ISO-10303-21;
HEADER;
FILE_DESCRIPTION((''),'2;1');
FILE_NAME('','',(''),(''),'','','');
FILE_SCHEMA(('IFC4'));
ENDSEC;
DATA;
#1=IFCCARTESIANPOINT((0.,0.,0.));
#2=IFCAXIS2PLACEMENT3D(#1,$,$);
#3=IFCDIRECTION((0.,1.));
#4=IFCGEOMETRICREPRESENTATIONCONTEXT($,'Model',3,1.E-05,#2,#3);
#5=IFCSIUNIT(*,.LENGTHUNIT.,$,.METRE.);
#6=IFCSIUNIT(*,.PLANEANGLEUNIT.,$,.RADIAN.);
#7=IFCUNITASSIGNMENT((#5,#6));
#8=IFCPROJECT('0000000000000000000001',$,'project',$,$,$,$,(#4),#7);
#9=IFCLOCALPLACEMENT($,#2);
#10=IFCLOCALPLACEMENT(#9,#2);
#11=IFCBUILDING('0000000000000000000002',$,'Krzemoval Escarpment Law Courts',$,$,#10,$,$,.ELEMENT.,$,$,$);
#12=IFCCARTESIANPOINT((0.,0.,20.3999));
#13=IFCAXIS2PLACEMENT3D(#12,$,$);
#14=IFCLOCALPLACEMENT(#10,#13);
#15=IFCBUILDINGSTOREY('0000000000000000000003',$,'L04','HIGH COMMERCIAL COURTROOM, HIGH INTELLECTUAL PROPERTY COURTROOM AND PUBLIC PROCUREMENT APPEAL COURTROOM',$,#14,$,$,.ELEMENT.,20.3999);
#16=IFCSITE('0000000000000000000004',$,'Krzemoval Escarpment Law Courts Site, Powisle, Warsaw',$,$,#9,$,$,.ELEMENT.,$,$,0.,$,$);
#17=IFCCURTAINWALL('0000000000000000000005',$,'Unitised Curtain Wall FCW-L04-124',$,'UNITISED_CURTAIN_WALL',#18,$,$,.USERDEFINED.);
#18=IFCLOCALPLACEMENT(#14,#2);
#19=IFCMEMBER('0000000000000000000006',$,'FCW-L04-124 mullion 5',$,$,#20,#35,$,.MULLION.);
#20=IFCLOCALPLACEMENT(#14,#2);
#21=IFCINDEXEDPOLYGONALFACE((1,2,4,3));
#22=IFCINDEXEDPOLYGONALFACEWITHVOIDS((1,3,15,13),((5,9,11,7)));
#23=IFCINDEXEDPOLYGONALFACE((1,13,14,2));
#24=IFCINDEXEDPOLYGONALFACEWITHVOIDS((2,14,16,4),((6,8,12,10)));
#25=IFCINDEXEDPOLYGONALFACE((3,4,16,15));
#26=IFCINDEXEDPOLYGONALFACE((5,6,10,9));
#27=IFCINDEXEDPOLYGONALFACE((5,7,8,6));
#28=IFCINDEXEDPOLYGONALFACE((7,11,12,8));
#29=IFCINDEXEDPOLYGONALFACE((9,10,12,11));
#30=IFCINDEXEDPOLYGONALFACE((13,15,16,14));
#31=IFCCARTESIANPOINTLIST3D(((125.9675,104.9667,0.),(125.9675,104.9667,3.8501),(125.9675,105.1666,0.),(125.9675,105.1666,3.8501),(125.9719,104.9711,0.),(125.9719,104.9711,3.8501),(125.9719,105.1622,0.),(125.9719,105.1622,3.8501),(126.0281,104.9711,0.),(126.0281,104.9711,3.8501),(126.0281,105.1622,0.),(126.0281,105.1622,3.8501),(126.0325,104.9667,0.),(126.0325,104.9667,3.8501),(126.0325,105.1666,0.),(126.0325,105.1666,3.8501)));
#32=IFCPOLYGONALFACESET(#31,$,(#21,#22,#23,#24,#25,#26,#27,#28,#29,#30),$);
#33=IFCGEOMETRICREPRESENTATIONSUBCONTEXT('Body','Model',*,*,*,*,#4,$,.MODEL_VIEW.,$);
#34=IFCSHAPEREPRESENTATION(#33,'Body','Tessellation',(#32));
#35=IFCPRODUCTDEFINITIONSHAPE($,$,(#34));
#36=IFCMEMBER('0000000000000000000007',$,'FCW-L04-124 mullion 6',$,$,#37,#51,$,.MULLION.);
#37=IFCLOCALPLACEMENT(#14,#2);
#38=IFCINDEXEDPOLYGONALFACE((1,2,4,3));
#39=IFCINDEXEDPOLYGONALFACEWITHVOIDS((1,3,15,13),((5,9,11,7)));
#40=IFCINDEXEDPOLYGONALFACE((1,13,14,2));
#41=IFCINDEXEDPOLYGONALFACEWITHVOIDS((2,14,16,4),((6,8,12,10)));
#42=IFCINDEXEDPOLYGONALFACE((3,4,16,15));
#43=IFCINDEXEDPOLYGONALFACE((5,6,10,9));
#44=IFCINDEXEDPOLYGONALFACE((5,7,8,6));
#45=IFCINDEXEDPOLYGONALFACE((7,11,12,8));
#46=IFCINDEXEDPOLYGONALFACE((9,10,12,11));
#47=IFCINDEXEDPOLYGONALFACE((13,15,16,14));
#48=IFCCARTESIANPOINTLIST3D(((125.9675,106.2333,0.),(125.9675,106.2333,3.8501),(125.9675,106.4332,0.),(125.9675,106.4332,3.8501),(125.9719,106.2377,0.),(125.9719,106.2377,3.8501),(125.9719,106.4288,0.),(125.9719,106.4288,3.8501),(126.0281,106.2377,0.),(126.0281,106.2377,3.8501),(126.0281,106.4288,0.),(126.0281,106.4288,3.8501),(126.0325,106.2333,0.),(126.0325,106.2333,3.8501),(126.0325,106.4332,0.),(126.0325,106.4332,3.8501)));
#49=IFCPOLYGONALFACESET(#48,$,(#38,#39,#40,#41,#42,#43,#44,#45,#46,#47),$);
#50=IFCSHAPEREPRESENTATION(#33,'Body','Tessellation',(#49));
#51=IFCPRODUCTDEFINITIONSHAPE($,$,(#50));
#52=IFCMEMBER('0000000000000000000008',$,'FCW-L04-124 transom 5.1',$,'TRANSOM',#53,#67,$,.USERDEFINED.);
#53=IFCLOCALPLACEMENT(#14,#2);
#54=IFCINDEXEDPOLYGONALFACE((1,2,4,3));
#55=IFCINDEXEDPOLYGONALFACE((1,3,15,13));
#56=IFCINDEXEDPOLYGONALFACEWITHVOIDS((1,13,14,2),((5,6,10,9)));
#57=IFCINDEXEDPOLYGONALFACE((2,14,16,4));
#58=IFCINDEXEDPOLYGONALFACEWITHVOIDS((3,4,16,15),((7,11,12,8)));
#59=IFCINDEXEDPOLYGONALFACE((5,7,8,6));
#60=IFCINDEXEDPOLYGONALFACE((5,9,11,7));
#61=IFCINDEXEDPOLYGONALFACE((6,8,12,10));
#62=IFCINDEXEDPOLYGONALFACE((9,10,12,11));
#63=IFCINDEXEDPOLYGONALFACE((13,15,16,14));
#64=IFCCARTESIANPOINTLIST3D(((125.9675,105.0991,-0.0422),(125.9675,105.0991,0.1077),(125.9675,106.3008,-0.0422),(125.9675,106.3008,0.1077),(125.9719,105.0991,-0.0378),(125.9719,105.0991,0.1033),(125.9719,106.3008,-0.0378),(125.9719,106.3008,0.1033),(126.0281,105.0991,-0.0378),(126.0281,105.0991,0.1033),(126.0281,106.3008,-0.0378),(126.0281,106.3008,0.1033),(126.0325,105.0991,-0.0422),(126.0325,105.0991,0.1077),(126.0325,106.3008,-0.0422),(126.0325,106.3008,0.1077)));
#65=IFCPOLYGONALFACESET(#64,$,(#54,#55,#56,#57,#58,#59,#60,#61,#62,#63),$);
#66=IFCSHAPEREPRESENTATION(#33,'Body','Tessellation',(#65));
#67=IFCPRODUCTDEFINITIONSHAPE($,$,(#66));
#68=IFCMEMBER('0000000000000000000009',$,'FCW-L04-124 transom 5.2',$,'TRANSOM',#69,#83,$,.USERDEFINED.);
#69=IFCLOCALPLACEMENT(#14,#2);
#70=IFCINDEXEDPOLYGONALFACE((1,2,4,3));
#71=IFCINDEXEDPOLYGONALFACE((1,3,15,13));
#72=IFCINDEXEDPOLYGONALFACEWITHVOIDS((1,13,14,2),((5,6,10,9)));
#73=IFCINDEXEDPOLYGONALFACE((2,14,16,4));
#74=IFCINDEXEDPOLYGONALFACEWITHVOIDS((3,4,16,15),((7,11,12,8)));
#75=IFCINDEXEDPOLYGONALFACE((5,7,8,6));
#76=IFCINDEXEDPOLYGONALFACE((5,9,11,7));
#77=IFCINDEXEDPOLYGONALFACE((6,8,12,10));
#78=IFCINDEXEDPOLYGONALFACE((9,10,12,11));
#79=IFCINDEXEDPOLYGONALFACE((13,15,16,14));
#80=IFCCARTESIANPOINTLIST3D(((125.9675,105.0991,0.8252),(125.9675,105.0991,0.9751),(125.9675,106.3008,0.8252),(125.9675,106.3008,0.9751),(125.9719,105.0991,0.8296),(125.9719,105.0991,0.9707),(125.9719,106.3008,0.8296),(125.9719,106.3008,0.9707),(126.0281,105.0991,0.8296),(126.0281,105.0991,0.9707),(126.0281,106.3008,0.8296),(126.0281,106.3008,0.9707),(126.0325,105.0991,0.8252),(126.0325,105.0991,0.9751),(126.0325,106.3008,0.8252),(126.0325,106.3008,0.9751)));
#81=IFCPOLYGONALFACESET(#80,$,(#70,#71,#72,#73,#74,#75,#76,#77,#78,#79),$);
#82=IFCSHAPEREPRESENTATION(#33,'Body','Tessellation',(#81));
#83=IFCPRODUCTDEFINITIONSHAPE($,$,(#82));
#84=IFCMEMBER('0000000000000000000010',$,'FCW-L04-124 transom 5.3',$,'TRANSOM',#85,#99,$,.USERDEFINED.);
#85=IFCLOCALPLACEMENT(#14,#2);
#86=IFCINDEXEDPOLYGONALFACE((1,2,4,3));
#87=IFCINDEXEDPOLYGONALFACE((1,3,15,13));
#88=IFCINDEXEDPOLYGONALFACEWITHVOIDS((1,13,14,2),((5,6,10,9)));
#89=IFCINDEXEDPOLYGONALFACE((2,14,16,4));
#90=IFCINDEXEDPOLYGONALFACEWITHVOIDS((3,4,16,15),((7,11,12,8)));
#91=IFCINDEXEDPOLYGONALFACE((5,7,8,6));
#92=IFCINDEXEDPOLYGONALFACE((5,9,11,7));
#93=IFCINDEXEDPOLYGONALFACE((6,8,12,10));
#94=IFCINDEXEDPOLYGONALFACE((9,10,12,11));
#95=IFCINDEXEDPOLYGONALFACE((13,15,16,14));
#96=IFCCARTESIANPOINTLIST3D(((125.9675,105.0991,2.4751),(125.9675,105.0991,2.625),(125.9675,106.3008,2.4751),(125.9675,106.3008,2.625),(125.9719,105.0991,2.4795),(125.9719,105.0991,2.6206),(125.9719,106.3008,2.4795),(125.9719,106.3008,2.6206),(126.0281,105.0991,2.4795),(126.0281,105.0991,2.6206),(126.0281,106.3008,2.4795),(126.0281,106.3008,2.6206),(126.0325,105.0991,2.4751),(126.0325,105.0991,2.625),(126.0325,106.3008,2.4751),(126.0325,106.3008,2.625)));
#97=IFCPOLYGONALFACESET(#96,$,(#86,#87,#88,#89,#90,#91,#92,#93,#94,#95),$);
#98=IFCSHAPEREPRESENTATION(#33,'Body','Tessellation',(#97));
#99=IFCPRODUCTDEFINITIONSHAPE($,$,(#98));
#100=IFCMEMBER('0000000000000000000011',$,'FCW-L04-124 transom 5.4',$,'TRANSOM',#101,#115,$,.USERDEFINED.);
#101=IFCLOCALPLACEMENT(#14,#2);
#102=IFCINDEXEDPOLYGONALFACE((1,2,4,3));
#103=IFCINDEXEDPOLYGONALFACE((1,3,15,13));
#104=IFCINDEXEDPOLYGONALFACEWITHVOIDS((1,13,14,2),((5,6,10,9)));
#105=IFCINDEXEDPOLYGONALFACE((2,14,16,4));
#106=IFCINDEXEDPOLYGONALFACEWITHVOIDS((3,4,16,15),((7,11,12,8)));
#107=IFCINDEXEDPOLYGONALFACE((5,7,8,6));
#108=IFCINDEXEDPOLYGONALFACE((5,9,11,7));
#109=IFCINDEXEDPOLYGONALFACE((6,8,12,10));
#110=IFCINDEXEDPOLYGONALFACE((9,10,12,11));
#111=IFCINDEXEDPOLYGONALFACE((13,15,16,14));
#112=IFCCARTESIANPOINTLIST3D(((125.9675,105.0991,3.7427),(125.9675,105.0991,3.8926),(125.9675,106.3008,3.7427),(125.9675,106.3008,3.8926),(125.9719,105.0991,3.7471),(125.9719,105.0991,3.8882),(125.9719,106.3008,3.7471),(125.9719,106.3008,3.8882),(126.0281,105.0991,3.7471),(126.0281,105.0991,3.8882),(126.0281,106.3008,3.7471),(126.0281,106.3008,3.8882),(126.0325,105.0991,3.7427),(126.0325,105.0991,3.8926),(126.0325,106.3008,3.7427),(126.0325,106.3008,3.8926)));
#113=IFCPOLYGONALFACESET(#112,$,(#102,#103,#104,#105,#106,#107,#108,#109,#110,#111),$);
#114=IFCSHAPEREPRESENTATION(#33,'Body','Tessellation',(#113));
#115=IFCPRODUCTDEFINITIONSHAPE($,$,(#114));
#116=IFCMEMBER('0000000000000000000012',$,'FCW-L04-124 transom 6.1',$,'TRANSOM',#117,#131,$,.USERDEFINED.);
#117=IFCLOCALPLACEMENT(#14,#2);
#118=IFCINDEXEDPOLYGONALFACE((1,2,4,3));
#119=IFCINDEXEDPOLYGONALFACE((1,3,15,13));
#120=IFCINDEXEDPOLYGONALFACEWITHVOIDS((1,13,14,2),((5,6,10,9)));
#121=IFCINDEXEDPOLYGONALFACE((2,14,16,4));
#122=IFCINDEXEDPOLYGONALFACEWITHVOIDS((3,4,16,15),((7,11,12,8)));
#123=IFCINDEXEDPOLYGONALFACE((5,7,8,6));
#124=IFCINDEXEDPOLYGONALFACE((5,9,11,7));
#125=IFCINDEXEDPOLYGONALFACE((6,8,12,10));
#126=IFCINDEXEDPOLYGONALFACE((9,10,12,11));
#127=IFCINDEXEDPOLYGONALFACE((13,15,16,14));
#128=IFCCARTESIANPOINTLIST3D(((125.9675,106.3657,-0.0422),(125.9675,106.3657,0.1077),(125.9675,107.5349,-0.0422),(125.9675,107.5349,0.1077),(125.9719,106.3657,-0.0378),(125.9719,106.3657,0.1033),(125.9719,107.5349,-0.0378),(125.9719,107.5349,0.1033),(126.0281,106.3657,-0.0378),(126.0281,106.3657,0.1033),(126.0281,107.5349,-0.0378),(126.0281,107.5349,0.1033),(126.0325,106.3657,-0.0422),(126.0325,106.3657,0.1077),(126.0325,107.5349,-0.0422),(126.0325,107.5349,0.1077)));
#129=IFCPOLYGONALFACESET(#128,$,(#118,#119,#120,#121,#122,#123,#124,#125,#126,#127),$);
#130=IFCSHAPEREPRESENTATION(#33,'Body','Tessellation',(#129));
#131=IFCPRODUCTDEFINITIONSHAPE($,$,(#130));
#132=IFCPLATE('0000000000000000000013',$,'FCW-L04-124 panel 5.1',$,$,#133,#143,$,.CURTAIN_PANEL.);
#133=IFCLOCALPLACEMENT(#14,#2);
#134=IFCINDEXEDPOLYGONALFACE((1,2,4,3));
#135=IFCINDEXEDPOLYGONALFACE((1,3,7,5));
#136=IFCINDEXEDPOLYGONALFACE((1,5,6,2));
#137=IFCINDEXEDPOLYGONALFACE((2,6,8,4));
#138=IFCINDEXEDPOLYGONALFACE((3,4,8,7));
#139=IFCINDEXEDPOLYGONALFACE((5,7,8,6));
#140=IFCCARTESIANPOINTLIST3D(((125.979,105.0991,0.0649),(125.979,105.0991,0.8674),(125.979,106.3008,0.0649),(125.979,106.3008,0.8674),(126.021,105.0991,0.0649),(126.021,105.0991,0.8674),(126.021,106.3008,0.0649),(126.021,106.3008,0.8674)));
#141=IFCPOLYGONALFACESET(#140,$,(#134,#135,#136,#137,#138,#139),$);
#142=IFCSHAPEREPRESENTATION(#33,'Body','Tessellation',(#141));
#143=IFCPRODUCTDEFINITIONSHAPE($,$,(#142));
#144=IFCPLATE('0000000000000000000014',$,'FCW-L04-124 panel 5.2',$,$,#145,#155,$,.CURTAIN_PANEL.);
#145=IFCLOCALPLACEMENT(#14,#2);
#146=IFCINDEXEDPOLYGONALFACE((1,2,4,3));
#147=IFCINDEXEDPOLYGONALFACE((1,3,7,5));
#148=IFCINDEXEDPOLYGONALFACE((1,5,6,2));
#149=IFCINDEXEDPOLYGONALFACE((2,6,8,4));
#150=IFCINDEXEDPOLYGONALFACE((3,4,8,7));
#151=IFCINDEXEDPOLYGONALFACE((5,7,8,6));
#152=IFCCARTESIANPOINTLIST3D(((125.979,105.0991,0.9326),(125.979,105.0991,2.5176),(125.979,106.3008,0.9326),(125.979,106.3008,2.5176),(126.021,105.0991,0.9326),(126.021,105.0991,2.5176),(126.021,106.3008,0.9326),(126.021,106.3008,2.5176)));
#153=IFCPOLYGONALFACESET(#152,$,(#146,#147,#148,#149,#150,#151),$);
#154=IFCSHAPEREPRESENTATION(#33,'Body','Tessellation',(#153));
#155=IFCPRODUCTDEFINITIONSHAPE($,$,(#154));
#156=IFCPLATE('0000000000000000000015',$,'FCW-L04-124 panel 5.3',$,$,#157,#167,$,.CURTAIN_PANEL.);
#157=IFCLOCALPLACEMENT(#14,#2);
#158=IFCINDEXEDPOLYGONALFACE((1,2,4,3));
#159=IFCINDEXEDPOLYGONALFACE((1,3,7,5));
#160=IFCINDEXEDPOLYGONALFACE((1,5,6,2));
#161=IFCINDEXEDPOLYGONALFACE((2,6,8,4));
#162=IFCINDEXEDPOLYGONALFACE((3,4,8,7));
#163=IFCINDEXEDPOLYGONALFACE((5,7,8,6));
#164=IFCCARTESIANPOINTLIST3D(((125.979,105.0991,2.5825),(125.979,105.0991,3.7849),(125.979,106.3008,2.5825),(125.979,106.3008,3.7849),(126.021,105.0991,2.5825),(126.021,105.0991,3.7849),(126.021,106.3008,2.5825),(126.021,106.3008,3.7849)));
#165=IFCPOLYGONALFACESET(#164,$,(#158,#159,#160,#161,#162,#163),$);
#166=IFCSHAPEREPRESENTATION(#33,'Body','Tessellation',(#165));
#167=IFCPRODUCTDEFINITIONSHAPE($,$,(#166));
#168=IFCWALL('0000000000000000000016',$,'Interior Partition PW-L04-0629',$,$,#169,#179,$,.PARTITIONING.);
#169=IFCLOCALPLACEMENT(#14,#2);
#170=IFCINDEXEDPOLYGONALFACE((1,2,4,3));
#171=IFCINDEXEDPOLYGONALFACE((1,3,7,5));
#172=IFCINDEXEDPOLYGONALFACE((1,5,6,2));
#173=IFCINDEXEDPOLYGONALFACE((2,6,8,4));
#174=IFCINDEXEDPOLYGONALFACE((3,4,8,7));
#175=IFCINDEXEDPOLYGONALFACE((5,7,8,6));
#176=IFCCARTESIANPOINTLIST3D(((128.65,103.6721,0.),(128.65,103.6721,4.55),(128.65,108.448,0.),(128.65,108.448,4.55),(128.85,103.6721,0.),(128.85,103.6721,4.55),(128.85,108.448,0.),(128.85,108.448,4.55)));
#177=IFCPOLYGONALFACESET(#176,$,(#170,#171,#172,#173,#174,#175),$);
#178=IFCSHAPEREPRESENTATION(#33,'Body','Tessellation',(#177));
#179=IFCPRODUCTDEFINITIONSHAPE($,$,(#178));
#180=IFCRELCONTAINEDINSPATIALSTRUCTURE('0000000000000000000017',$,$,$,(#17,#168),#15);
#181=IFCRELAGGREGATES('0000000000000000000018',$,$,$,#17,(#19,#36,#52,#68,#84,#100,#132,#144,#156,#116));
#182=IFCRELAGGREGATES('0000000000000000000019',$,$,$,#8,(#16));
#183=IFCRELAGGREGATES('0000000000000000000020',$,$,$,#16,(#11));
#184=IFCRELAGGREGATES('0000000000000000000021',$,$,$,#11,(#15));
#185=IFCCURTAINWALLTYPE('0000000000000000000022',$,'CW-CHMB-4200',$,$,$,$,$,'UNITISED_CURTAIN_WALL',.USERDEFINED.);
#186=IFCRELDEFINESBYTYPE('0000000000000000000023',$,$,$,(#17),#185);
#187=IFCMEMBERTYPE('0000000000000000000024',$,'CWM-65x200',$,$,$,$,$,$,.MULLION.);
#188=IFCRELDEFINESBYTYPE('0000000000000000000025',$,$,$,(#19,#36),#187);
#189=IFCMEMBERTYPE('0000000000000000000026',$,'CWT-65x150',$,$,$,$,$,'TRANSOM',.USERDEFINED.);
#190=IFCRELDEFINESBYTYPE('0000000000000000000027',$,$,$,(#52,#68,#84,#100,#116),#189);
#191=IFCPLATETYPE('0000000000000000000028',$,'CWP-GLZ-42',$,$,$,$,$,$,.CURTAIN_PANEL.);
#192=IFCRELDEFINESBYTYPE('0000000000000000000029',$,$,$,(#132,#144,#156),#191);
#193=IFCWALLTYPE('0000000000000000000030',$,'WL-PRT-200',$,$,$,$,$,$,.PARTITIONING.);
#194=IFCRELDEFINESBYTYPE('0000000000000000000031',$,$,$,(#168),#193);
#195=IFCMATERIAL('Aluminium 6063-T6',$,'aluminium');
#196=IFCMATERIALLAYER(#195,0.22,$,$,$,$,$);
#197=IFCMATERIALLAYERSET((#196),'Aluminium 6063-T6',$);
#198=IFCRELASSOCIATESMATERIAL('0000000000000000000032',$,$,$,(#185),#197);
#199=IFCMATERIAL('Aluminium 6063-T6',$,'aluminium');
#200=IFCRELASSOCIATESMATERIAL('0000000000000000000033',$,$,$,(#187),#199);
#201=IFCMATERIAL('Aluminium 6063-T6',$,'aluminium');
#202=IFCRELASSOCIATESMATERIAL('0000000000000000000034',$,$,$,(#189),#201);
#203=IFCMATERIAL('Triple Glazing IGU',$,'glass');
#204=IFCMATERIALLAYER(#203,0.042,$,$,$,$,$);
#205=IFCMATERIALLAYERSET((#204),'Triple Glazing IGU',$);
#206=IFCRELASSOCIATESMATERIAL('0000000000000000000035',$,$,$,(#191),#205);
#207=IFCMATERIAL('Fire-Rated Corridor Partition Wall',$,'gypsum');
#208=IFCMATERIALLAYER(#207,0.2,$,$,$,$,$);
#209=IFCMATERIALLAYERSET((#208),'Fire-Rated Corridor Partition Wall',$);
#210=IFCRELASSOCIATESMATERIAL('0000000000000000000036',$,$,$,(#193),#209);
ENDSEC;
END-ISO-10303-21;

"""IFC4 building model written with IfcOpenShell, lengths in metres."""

from ifc_helpers import new_model, si_unit, direction, frame, frame_2d, origin, origin_2d, place, context, subcontext, project, spatial, rectangle, hollow_rectangle, extrude, material, layer, layer_set, material_profile, profile_set, type_object, element, aggregate, save


model = new_model("IFC4")

# Units and contexts
model_context = context("Model", 3, precision=1e-05, world=origin(), true_north=direction((0.0, 1.0)))
body_context = subcontext(model_context, "Body", "Model", "MODEL_VIEW")
ifc_project = project(units=[si_unit("LENGTHUNIT", "METRE"), si_unit("PLANEANGLEUNIT", "RADIAN")], contexts=[model_context])

# Site, building, storey
site_placement = place(None, origin())
site = spatial("IfcSite", under=ifc_project, at=site_placement, Name="Krzemoval Escarpment Law Courts Site, Powisle, Warsaw", CompositionType="ELEMENT", RefElevation=0.0)
building_placement = place(site_placement, origin())
building = spatial("IfcBuilding", under=site, at=building_placement, Name="Krzemoval Escarpment Law Courts", CompositionType="ELEMENT")
storey_placement = place(building_placement, frame((0.0, 0.0, 20.3999)))
storey = spatial("IfcBuildingStorey", under=building, at=storey_placement, Name="L04", Description="HIGH COMMERCIAL COURTROOM, HIGH INTELLECTUAL PROPERTY COURTROOM AND PUBLIC PROCUREMENT APPEAL COURTROOM", CompositionType="ELEMENT", Elevation=20.3999)

# Curtain wall, members, plates
ifc_material_1 = material(Name="Aluminium 6063-T6", Category="aluminium")
ifc_layer_1 = layer(ifc_material_1, 0.22)
ifc_layer_set_1 = layer_set([ifc_layer_1], Name="Aluminium 6063-T6")
curtain_wall_type = type_object("IfcCurtainWallType", Name="CW-CHMB-4200", ElementType="UNITISED_CURTAIN_WALL", PredefinedType="USERDEFINED", material=ifc_layer_set_1)
curtain_wall_placement = place(storey_placement, origin())
curtain_wall = element("IfcCurtainWall", 1, at=curtain_wall_placement, inside=storey, type_object=curtain_wall_type, Name="Unitised Curtain Wall FCW-L04-124", ObjectType="UNITISED_CURTAIN_WALL", PredefinedType="USERDEFINED")
ifc_material_2 = material(Name="Aluminium 6063-T6", Category="aluminium")
ifc_material_profile_1 = material_profile(ifc_material_2, hollow_rectangle(XDim=0.0649, YDim=0.2, WallThickness=0.0044, at=origin_2d()), Name="ALU M65x200")
ifc_profile_set_1 = profile_set([ifc_material_profile_1], Name="Aluminium 6063-T6")
member_type_1 = type_object("IfcMemberType", Name="CWM-65x200", PredefinedType="MULLION", material=ifc_profile_set_1)
member_1_placement = place(storey_placement, frame((126.0, 105.0667, 0.0), z_axis=(0.0, 0.0, 1.0), x_axis=(-1.0, 0.0, 0.0)))
member_1 = element("IfcMember", 2, at=member_1_placement, type_object=member_type_1, Name="FCW-L04-124 mullion 5", PredefinedType="MULLION", context=body_context, shape_type="SweptSolid", body=[
    extrude(hollow_rectangle(XDim=0.0649, YDim=0.2, WallThickness=0.0044, at=origin_2d()), origin(), (0.0, 0.0, 1.0), 3.8501),
])
member_2_placement = place(storey_placement, frame((126.0, 106.3333, 0.0), z_axis=(0.0, 0.0, 1.0), x_axis=(-1.0, 0.0, 0.0)))
member_2 = element("IfcMember", 3, at=member_2_placement, type_object=member_type_1, Name="FCW-L04-124 mullion 6", PredefinedType="MULLION", context=body_context, shape_type="SweptSolid", body=[
    extrude(hollow_rectangle(XDim=0.0649, YDim=0.2, WallThickness=0.0044, at=origin_2d()), origin(), (0.0, 0.0, 1.0), 3.8501),
])
ifc_material_3 = material(Name="Aluminium 6063-T6", Category="aluminium")
ifc_material_profile_2 = material_profile(ifc_material_3, hollow_rectangle(XDim=0.0649, YDim=0.1499, WallThickness=0.0044, at=origin_2d()), Name="ALU T65x150")
ifc_profile_set_2 = profile_set([ifc_material_profile_2], Name="Aluminium 6063-T6")
member_type_2 = type_object("IfcMemberType", Name="CWT-65x150", ElementType="TRANSOM", PredefinedType="USERDEFINED", material=ifc_profile_set_2)
member_3_placement = place(storey_placement, frame((126.0, 105.0991, 0.0327), z_axis=(0.0, 1.0, 0.0), x_axis=(-1.0, 0.0, 0.0)))
member_3 = element("IfcMember", 4, at=member_3_placement, type_object=member_type_2, Name="FCW-L04-124 transom 5.1", ObjectType="TRANSOM", PredefinedType="USERDEFINED", context=body_context, shape_type="SweptSolid", body=[
    extrude(hollow_rectangle(XDim=0.0649, YDim=0.1499, WallThickness=0.0044, at=origin_2d()), origin(), (0.0, 0.0, 1.0), 1.2017),
])
member_4_placement = place(storey_placement, frame((126.0, 105.0991, 0.9001), z_axis=(0.0, 1.0, 0.0), x_axis=(-1.0, 0.0, 0.0)))
member_4 = element("IfcMember", 5, at=member_4_placement, type_object=member_type_2, Name="FCW-L04-124 transom 5.2", ObjectType="TRANSOM", PredefinedType="USERDEFINED", context=body_context, shape_type="SweptSolid", body=[
    extrude(hollow_rectangle(XDim=0.0649, YDim=0.1499, WallThickness=0.0044, at=origin_2d()), origin(), (0.0, 0.0, 1.0), 1.2017),
])
member_5_placement = place(storey_placement, frame((126.0, 105.0991, 2.55), z_axis=(0.0, 1.0, 0.0), x_axis=(-1.0, 0.0, 0.0)))
member_5 = element("IfcMember", 6, at=member_5_placement, type_object=member_type_2, Name="FCW-L04-124 transom 5.3", ObjectType="TRANSOM", PredefinedType="USERDEFINED", context=body_context, shape_type="SweptSolid", body=[
    extrude(hollow_rectangle(XDim=0.0649, YDim=0.1499, WallThickness=0.0044, at=origin_2d()), origin(), (0.0, 0.0, 1.0), 1.2017),
])
member_6_placement = place(storey_placement, frame((126.0, 105.0991, 3.8176), z_axis=(0.0, 1.0, 0.0), x_axis=(-1.0, 0.0, 0.0)))
member_6 = element("IfcMember", 7, at=member_6_placement, type_object=member_type_2, Name="FCW-L04-124 transom 5.4", ObjectType="TRANSOM", PredefinedType="USERDEFINED", context=body_context, shape_type="SweptSolid", body=[
    extrude(hollow_rectangle(XDim=0.0649, YDim=0.1499, WallThickness=0.0044, at=origin_2d()), origin(), (0.0, 0.0, 1.0), 1.2017),
])
member_7_placement = place(storey_placement, frame((126.0, 106.3657, 0.0327), z_axis=(0.0, 1.0, 0.0), x_axis=(-1.0, 0.0, 0.0)))
member_7 = element("IfcMember", 8, at=member_7_placement, type_object=member_type_2, Name="FCW-L04-124 transom 6.1", ObjectType="TRANSOM", PredefinedType="USERDEFINED", context=body_context, shape_type="SweptSolid", body=[
    extrude(hollow_rectangle(XDim=0.0649, YDim=0.1499, WallThickness=0.0044, at=origin_2d()), origin(), (0.0, 0.0, 1.0), 1.1692),
])
ifc_material_4 = material(Name="Triple Glazing IGU", Category="glass")
ifc_layer_2 = layer(ifc_material_4, 0.042)
ifc_layer_set_2 = layer_set([ifc_layer_2], Name="Triple Glazing IGU")
plate_type = type_object("IfcPlateType", Name="CWP-GLZ-42", PredefinedType="CURTAIN_PANEL", material=ifc_layer_set_2)
plate_1_placement = place(storey_placement, frame((126.0, 105.7, 0.0649), z_axis=(0.0, 0.0, 1.0), x_axis=(0.0, 1.0, 0.0)))
plate_1 = element("IfcPlate", 9, at=plate_1_placement, type_object=plate_type, Name="FCW-L04-124 panel 5.1", PredefinedType="CURTAIN_PANEL", context=body_context, shape_type="SweptSolid", body=[
    extrude(rectangle(XDim=1.2017, YDim=0.042, at=origin_2d()), origin(), (0.0, 0.0, 1.0), 0.8025),
])
plate_2_placement = place(storey_placement, frame((126.0, 105.7, 0.9326), z_axis=(0.0, 0.0, 1.0), x_axis=(0.0, 1.0, 0.0)))
plate_2 = element("IfcPlate", 10, at=plate_2_placement, type_object=plate_type, Name="FCW-L04-124 panel 5.2", PredefinedType="CURTAIN_PANEL", context=body_context, shape_type="SweptSolid", body=[
    extrude(rectangle(XDim=1.2017, YDim=0.042, at=origin_2d()), origin(), (0.0, 0.0, 1.0), 1.585),
])
plate_3_placement = place(storey_placement, frame((126.0, 105.7, 2.5825), z_axis=(0.0, 0.0, 1.0), x_axis=(0.0, 1.0, 0.0)))
plate_3 = element("IfcPlate", 11, at=plate_3_placement, type_object=plate_type, Name="FCW-L04-124 panel 5.3", PredefinedType="CURTAIN_PANEL", context=body_context, shape_type="SweptSolid", body=[
    extrude(rectangle(XDim=1.2017, YDim=0.042, at=origin_2d()), origin(), (0.0, 0.0, 1.0), 1.2024),
])
aggregate(curtain_wall, [member_1, member_2, member_3, member_4, member_5, member_6, plate_1, plate_2, plate_3, member_7])

# Wall
ifc_material_5 = material(Name="Fire-Rated Corridor Partition Wall", Category="gypsum")
ifc_layer_3 = layer(ifc_material_5, 0.2)
ifc_layer_set_3 = layer_set([ifc_layer_3], Name="Fire-Rated Corridor Partition Wall")
wall_type_1 = type_object("IfcWallType", Name="WL-PRT-200", PredefinedType="PARTITIONING", material=ifc_layer_set_3)
wall_1_placement = place(storey_placement, frame((128.75, 103.6721, 0.0), z_axis=(0.0, 0.0, 1.0), x_axis=(0.0, 1.0, 0.0)))
element("IfcWall", 12, at=wall_1_placement, inside=storey, type_object=wall_type_1, Name="Interior Partition PW-L04-0629", PredefinedType="PARTITIONING", context=body_context, shape_type="SweptSolid", body=[
    extrude(rectangle(XDim=4.7759, YDim=0.2, at=frame_2d((2.3879, 0.0))), origin(), (0.0, 0.0, 1.0), 4.55),
])

save(model, "model.ifc")
